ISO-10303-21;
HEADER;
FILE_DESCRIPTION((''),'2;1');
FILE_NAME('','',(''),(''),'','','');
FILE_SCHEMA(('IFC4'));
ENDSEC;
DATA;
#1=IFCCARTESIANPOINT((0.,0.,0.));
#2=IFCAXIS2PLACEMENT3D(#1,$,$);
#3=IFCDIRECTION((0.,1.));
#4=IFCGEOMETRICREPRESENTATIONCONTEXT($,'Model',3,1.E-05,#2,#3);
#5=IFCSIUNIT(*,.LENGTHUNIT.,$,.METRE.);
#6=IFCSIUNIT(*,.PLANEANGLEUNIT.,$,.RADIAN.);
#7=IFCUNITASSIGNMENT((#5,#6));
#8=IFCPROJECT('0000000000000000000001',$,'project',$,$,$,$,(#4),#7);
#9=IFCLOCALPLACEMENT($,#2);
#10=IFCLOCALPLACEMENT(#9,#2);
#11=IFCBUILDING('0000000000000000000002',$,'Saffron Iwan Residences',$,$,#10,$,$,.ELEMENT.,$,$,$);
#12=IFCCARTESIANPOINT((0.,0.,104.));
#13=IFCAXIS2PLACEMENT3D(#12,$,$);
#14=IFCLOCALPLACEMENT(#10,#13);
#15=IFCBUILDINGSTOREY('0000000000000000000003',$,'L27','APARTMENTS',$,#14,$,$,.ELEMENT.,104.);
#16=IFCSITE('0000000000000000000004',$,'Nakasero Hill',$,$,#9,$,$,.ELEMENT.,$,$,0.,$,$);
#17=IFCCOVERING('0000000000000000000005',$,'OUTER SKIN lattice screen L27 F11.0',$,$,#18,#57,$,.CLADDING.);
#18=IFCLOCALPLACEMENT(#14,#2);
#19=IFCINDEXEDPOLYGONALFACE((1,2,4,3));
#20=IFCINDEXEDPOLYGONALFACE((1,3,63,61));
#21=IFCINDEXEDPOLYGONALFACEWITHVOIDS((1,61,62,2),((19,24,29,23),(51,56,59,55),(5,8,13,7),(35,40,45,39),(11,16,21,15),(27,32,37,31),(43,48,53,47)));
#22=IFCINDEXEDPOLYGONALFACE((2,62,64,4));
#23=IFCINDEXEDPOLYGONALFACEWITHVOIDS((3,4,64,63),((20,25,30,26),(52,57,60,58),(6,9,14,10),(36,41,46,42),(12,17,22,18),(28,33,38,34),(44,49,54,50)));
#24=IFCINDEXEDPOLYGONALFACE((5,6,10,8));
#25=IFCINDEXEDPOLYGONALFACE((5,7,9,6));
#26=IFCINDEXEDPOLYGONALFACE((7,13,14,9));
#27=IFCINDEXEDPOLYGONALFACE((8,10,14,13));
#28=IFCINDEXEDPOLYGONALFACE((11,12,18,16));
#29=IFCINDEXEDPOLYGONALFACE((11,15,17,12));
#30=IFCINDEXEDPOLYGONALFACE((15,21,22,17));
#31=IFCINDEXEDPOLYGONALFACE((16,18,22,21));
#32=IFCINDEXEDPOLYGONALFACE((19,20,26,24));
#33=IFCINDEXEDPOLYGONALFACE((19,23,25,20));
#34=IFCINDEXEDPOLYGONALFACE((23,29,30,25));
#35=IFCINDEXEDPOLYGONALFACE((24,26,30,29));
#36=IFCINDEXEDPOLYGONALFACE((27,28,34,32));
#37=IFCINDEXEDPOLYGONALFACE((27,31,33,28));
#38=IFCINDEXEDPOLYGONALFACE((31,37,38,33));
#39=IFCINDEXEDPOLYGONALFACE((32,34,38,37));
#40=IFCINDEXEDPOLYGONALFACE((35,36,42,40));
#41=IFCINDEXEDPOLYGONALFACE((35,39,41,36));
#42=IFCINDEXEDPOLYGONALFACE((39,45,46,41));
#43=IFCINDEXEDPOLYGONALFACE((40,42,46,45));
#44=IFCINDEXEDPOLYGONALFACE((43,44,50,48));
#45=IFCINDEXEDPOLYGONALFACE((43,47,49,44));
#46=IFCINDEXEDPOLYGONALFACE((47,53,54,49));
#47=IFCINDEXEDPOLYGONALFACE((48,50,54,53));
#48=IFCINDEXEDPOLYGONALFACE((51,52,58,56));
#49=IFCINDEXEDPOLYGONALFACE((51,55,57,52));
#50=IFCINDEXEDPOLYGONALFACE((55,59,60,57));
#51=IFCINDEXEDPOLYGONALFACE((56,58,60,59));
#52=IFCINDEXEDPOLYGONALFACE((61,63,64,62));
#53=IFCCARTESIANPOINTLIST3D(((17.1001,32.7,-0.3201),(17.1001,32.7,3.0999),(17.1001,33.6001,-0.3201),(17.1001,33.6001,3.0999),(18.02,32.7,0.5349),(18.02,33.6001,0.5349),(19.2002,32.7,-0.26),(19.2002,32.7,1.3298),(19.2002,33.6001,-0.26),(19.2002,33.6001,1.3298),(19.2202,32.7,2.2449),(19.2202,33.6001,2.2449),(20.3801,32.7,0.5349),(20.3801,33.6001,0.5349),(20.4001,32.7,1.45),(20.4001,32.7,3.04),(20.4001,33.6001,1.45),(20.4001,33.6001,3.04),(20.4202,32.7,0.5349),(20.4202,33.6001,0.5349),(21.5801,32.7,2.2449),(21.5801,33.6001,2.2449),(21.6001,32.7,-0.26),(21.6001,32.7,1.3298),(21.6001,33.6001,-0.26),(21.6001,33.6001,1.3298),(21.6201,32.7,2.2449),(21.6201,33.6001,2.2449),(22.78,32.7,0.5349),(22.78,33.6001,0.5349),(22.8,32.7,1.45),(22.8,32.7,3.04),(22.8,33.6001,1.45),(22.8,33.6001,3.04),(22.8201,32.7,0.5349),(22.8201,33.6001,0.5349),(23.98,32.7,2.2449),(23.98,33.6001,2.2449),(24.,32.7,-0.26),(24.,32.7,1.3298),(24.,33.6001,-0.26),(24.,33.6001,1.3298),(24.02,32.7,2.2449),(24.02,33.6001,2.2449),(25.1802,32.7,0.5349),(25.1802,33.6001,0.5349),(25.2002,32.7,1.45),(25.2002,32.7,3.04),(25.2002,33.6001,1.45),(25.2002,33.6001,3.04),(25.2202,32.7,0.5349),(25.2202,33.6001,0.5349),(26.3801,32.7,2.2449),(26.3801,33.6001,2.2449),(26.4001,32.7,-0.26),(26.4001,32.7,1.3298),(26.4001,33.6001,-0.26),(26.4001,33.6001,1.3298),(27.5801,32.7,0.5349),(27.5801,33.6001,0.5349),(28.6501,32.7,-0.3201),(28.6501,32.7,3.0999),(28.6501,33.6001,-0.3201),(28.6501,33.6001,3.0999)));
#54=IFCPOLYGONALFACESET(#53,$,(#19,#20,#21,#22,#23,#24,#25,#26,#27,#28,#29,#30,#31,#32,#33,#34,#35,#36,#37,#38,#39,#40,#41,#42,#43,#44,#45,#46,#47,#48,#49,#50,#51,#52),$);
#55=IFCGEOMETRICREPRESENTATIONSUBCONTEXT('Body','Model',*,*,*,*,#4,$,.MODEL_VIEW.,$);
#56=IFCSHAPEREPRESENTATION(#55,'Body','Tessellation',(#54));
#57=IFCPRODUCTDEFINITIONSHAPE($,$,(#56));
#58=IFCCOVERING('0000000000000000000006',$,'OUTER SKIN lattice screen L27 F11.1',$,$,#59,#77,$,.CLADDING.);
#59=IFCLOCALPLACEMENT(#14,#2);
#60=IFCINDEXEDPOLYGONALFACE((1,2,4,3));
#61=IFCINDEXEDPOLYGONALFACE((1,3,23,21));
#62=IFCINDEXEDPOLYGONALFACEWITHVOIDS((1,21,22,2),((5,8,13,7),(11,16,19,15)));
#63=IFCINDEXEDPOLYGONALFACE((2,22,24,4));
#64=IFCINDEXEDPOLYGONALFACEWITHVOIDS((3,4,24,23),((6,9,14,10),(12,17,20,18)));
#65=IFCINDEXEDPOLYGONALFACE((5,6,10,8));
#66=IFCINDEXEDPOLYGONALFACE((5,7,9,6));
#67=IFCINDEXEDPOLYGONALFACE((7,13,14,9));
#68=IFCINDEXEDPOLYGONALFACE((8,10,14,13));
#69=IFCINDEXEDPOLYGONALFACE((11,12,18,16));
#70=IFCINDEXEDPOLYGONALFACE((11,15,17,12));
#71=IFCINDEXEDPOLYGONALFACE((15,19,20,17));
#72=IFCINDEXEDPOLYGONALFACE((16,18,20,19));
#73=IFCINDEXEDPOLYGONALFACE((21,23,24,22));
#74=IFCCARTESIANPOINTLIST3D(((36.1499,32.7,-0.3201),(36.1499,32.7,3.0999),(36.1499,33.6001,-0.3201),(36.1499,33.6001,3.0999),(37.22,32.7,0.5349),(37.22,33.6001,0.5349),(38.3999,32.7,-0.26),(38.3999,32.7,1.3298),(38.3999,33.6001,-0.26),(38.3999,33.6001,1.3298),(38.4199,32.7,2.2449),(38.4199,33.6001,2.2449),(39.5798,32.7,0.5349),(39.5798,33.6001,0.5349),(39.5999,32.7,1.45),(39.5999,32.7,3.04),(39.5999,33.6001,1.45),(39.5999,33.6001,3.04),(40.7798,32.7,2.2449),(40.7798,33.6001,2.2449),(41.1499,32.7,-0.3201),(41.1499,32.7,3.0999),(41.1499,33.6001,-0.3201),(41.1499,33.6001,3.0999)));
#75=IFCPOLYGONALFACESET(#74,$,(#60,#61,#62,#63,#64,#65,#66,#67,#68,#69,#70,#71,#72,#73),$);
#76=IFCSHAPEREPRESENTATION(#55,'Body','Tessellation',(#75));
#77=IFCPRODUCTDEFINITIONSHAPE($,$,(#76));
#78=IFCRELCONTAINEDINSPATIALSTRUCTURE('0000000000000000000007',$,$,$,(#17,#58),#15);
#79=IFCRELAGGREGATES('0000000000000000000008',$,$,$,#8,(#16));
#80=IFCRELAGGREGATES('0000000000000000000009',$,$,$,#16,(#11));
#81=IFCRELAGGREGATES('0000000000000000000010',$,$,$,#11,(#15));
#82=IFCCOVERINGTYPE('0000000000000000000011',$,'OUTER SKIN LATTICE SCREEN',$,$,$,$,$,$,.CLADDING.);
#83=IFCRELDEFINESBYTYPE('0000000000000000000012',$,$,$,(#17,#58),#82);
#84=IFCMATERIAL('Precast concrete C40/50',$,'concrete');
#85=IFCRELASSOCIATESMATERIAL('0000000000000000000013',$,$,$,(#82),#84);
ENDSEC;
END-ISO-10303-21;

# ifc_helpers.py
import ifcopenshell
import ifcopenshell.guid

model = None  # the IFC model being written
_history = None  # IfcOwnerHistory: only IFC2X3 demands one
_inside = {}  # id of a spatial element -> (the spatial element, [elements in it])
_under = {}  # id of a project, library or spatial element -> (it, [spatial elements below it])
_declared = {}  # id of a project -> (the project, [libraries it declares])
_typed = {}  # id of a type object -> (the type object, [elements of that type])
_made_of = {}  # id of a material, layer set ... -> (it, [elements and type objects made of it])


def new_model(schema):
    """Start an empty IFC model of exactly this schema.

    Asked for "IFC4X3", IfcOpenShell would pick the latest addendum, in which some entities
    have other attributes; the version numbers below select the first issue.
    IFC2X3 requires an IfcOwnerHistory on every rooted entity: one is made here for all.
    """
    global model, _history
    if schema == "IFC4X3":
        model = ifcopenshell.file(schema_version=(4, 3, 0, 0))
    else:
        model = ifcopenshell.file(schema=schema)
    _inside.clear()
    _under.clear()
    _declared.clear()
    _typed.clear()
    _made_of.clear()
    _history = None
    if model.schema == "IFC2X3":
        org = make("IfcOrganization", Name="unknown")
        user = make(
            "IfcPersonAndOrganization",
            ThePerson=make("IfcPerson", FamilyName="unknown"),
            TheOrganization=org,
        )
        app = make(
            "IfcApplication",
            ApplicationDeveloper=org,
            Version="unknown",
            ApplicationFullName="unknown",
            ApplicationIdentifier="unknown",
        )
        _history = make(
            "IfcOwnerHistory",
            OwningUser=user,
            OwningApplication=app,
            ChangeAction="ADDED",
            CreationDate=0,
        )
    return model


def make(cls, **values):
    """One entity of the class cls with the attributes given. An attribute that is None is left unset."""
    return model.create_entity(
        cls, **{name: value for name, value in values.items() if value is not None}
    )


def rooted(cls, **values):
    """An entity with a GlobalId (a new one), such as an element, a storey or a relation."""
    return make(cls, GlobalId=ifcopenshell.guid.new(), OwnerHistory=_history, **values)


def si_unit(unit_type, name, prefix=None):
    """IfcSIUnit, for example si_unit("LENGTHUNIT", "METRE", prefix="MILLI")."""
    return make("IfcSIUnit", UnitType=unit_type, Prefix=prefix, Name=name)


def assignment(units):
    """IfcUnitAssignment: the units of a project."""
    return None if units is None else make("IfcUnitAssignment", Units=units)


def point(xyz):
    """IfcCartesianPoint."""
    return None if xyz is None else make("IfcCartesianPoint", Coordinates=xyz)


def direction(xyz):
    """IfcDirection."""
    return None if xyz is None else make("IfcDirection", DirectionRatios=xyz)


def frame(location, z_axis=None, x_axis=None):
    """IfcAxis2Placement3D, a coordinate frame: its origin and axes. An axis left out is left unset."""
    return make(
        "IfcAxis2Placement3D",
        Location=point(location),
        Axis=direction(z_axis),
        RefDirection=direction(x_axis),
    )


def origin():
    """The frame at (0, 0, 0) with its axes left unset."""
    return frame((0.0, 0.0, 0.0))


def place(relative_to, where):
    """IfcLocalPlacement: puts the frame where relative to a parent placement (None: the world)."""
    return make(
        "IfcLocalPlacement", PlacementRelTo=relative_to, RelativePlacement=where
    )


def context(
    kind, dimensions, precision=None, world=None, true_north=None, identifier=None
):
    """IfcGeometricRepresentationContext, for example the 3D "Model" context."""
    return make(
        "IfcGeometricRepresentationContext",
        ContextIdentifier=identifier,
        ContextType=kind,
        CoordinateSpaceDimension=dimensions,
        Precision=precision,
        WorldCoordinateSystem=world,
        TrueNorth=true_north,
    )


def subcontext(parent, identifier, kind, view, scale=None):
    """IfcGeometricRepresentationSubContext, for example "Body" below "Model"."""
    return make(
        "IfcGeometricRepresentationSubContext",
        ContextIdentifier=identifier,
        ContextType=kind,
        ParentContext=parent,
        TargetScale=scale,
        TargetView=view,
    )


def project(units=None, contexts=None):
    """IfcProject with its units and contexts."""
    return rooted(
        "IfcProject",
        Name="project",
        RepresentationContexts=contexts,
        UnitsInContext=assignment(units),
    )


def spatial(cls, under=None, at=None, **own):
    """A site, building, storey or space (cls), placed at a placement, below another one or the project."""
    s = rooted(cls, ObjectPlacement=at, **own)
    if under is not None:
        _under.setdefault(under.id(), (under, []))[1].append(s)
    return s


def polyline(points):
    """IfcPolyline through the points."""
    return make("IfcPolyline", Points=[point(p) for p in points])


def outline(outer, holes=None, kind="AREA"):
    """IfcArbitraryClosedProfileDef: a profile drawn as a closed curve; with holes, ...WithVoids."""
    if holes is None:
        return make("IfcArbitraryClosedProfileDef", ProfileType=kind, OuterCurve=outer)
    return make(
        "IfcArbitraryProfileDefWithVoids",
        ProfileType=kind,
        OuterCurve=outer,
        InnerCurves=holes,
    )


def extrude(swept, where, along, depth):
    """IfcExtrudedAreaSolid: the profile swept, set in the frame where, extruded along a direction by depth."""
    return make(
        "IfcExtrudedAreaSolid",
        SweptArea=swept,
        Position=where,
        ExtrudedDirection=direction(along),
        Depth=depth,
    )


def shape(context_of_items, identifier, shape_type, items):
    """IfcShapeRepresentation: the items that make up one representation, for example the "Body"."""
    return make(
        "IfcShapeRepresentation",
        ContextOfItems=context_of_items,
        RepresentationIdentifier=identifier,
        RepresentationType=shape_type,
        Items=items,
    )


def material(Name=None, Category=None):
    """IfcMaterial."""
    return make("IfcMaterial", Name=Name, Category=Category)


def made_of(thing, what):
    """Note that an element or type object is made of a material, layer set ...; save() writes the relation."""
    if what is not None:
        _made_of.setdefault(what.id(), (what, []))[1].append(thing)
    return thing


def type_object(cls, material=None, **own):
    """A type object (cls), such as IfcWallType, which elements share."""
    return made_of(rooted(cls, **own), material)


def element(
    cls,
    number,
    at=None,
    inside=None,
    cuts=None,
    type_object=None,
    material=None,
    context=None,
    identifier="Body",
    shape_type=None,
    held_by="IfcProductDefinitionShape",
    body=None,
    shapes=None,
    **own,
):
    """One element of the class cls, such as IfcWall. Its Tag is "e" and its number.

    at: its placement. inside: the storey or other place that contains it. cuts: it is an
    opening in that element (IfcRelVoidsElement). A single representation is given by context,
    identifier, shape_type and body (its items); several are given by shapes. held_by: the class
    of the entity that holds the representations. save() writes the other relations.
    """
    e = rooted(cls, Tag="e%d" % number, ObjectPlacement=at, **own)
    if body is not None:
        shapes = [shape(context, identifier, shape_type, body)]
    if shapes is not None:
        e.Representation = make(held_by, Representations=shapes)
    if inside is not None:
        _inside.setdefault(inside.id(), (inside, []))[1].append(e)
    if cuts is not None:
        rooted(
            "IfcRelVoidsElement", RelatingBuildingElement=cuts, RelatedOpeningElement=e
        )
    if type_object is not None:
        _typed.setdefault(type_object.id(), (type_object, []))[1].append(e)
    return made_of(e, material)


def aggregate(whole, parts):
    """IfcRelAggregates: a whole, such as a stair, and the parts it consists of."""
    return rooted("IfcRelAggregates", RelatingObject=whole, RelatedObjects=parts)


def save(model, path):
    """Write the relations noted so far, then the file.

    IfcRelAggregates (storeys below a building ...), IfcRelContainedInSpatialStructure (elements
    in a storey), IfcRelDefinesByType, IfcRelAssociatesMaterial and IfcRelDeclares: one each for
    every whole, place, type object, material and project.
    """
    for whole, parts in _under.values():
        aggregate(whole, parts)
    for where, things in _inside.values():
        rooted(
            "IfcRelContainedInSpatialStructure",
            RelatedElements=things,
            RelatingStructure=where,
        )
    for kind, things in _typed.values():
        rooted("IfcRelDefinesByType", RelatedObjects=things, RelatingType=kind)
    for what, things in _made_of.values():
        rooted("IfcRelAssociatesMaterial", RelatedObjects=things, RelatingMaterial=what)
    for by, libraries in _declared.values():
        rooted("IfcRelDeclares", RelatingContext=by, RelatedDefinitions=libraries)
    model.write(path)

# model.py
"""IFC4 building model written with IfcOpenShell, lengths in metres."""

from ifc_helpers import new_model, si_unit, direction, frame, origin, place, context, subcontext, project, spatial, polyline, outline, extrude, material, type_object, element, save


model = new_model("IFC4")

# Units and contexts
model_context = context("Model", 3, precision=1e-05, world=origin(), true_north=direction((0.0, 1.0)))
body_context = subcontext(model_context, "Body", "Model", "MODEL_VIEW")
ifc_project = project(units=[si_unit("LENGTHUNIT", "METRE"), si_unit("PLANEANGLEUNIT", "RADIAN")], contexts=[model_context])

# Site, building, storey
site_placement = place(None, origin())
site = spatial("IfcSite", under=ifc_project, at=site_placement, Name="Nakasero Hill", CompositionType="ELEMENT", RefElevation=0.0)
building_placement = place(site_placement, origin())
building = spatial("IfcBuilding", under=site, at=building_placement, Name="Saffron Iwan Residences", CompositionType="ELEMENT")
storey_placement = place(building_placement, frame((0.0, 0.0, 104.0)))
storey = spatial("IfcBuildingStorey", under=building, at=storey_placement, Name="L27", Description="APARTMENTS", CompositionType="ELEMENT", Elevation=104.0)

# Coverings
ifc_material_1 = material(Name="Precast concrete C40/50", Category="concrete")
covering_type = type_object("IfcCoveringType", Name="OUTER SKIN LATTICE SCREEN", PredefinedType="CLADDING", material=ifc_material_1)
covering_1_placement = place(storey_placement, frame((17.1001, 33.6001, -0.3201), z_axis=(0.0, -1.0, 0.0), x_axis=(1.0, 0.0, 0.0)))
element("IfcCovering", 1, at=covering_1_placement, inside=storey, type_object=covering_type, Name="OUTER SKIN lattice screen L27 F11.0", PredefinedType="CLADDING", context=body_context, shape_type="SweptSolid", body=[
    extrude(outline(polyline([(0.0, 0.0), (11.55, 0.0), (11.55, 3.4199), (0.0, 3.4199), (0.0, 0.0)]), holes=[polyline([(0.9199, 0.855), (2.1001, 0.0601), (3.28, 0.855), (2.1001, 1.6499), (0.9199, 0.855)]), polyline([(3.3201, 0.855), (4.5, 0.0601), (5.6799, 0.855), (4.5, 1.6499), (3.3201, 0.855)]), polyline([(5.72, 0.855), (6.8999, 0.0601), (8.0801, 0.855), (6.8999, 1.6499), (5.72, 0.855)]), polyline([(8.1201, 0.855), (9.3, 0.0601), (10.48, 0.855), (9.3, 1.6499), (8.1201, 0.855)]), polyline([(2.1201, 2.5649), (3.3, 1.77), (4.48, 2.5649), (3.3, 3.3601), (2.1201, 2.5649)]), polyline([(4.52, 2.5649), (5.7, 1.77), (6.8799, 2.5649), (5.7, 3.3601), (4.52, 2.5649)]), polyline([(6.9199, 2.5649), (8.1001, 1.77), (9.28, 2.5649), (8.1001, 3.3601), (6.9199, 2.5649)])]), origin(), (0.0, 0.0, 1.0), 0.9001),
])
covering_2_placement = place(storey_placement, frame((36.1499, 33.6001, -0.3201), z_axis=(0.0, -1.0, 0.0), x_axis=(1.0, 0.0, 0.0)))
element("IfcCovering", 2, at=covering_2_placement, inside=storey, type_object=covering_type, Name="OUTER SKIN lattice screen L27 F11.1", PredefinedType="CLADDING", context=body_context, shape_type="SweptSolid", body=[
    extrude(outline(polyline([(0.0, 0.0), (5.0, 0.0), (5.0, 3.4199), (0.0, 3.4199), (0.0, 0.0)]), holes=[polyline([(1.0701, 0.855), (2.25, 0.0601), (3.4299, 0.855), (2.25, 1.6499), (1.0701, 0.855)]), polyline([(2.27, 2.5649), (3.45, 1.77), (4.6299, 2.5649), (3.45, 3.3601), (2.27, 2.5649)])]), origin(), (0.0, 0.0, 1.0), 0.9001),
])

save(model, "model.ifc")
